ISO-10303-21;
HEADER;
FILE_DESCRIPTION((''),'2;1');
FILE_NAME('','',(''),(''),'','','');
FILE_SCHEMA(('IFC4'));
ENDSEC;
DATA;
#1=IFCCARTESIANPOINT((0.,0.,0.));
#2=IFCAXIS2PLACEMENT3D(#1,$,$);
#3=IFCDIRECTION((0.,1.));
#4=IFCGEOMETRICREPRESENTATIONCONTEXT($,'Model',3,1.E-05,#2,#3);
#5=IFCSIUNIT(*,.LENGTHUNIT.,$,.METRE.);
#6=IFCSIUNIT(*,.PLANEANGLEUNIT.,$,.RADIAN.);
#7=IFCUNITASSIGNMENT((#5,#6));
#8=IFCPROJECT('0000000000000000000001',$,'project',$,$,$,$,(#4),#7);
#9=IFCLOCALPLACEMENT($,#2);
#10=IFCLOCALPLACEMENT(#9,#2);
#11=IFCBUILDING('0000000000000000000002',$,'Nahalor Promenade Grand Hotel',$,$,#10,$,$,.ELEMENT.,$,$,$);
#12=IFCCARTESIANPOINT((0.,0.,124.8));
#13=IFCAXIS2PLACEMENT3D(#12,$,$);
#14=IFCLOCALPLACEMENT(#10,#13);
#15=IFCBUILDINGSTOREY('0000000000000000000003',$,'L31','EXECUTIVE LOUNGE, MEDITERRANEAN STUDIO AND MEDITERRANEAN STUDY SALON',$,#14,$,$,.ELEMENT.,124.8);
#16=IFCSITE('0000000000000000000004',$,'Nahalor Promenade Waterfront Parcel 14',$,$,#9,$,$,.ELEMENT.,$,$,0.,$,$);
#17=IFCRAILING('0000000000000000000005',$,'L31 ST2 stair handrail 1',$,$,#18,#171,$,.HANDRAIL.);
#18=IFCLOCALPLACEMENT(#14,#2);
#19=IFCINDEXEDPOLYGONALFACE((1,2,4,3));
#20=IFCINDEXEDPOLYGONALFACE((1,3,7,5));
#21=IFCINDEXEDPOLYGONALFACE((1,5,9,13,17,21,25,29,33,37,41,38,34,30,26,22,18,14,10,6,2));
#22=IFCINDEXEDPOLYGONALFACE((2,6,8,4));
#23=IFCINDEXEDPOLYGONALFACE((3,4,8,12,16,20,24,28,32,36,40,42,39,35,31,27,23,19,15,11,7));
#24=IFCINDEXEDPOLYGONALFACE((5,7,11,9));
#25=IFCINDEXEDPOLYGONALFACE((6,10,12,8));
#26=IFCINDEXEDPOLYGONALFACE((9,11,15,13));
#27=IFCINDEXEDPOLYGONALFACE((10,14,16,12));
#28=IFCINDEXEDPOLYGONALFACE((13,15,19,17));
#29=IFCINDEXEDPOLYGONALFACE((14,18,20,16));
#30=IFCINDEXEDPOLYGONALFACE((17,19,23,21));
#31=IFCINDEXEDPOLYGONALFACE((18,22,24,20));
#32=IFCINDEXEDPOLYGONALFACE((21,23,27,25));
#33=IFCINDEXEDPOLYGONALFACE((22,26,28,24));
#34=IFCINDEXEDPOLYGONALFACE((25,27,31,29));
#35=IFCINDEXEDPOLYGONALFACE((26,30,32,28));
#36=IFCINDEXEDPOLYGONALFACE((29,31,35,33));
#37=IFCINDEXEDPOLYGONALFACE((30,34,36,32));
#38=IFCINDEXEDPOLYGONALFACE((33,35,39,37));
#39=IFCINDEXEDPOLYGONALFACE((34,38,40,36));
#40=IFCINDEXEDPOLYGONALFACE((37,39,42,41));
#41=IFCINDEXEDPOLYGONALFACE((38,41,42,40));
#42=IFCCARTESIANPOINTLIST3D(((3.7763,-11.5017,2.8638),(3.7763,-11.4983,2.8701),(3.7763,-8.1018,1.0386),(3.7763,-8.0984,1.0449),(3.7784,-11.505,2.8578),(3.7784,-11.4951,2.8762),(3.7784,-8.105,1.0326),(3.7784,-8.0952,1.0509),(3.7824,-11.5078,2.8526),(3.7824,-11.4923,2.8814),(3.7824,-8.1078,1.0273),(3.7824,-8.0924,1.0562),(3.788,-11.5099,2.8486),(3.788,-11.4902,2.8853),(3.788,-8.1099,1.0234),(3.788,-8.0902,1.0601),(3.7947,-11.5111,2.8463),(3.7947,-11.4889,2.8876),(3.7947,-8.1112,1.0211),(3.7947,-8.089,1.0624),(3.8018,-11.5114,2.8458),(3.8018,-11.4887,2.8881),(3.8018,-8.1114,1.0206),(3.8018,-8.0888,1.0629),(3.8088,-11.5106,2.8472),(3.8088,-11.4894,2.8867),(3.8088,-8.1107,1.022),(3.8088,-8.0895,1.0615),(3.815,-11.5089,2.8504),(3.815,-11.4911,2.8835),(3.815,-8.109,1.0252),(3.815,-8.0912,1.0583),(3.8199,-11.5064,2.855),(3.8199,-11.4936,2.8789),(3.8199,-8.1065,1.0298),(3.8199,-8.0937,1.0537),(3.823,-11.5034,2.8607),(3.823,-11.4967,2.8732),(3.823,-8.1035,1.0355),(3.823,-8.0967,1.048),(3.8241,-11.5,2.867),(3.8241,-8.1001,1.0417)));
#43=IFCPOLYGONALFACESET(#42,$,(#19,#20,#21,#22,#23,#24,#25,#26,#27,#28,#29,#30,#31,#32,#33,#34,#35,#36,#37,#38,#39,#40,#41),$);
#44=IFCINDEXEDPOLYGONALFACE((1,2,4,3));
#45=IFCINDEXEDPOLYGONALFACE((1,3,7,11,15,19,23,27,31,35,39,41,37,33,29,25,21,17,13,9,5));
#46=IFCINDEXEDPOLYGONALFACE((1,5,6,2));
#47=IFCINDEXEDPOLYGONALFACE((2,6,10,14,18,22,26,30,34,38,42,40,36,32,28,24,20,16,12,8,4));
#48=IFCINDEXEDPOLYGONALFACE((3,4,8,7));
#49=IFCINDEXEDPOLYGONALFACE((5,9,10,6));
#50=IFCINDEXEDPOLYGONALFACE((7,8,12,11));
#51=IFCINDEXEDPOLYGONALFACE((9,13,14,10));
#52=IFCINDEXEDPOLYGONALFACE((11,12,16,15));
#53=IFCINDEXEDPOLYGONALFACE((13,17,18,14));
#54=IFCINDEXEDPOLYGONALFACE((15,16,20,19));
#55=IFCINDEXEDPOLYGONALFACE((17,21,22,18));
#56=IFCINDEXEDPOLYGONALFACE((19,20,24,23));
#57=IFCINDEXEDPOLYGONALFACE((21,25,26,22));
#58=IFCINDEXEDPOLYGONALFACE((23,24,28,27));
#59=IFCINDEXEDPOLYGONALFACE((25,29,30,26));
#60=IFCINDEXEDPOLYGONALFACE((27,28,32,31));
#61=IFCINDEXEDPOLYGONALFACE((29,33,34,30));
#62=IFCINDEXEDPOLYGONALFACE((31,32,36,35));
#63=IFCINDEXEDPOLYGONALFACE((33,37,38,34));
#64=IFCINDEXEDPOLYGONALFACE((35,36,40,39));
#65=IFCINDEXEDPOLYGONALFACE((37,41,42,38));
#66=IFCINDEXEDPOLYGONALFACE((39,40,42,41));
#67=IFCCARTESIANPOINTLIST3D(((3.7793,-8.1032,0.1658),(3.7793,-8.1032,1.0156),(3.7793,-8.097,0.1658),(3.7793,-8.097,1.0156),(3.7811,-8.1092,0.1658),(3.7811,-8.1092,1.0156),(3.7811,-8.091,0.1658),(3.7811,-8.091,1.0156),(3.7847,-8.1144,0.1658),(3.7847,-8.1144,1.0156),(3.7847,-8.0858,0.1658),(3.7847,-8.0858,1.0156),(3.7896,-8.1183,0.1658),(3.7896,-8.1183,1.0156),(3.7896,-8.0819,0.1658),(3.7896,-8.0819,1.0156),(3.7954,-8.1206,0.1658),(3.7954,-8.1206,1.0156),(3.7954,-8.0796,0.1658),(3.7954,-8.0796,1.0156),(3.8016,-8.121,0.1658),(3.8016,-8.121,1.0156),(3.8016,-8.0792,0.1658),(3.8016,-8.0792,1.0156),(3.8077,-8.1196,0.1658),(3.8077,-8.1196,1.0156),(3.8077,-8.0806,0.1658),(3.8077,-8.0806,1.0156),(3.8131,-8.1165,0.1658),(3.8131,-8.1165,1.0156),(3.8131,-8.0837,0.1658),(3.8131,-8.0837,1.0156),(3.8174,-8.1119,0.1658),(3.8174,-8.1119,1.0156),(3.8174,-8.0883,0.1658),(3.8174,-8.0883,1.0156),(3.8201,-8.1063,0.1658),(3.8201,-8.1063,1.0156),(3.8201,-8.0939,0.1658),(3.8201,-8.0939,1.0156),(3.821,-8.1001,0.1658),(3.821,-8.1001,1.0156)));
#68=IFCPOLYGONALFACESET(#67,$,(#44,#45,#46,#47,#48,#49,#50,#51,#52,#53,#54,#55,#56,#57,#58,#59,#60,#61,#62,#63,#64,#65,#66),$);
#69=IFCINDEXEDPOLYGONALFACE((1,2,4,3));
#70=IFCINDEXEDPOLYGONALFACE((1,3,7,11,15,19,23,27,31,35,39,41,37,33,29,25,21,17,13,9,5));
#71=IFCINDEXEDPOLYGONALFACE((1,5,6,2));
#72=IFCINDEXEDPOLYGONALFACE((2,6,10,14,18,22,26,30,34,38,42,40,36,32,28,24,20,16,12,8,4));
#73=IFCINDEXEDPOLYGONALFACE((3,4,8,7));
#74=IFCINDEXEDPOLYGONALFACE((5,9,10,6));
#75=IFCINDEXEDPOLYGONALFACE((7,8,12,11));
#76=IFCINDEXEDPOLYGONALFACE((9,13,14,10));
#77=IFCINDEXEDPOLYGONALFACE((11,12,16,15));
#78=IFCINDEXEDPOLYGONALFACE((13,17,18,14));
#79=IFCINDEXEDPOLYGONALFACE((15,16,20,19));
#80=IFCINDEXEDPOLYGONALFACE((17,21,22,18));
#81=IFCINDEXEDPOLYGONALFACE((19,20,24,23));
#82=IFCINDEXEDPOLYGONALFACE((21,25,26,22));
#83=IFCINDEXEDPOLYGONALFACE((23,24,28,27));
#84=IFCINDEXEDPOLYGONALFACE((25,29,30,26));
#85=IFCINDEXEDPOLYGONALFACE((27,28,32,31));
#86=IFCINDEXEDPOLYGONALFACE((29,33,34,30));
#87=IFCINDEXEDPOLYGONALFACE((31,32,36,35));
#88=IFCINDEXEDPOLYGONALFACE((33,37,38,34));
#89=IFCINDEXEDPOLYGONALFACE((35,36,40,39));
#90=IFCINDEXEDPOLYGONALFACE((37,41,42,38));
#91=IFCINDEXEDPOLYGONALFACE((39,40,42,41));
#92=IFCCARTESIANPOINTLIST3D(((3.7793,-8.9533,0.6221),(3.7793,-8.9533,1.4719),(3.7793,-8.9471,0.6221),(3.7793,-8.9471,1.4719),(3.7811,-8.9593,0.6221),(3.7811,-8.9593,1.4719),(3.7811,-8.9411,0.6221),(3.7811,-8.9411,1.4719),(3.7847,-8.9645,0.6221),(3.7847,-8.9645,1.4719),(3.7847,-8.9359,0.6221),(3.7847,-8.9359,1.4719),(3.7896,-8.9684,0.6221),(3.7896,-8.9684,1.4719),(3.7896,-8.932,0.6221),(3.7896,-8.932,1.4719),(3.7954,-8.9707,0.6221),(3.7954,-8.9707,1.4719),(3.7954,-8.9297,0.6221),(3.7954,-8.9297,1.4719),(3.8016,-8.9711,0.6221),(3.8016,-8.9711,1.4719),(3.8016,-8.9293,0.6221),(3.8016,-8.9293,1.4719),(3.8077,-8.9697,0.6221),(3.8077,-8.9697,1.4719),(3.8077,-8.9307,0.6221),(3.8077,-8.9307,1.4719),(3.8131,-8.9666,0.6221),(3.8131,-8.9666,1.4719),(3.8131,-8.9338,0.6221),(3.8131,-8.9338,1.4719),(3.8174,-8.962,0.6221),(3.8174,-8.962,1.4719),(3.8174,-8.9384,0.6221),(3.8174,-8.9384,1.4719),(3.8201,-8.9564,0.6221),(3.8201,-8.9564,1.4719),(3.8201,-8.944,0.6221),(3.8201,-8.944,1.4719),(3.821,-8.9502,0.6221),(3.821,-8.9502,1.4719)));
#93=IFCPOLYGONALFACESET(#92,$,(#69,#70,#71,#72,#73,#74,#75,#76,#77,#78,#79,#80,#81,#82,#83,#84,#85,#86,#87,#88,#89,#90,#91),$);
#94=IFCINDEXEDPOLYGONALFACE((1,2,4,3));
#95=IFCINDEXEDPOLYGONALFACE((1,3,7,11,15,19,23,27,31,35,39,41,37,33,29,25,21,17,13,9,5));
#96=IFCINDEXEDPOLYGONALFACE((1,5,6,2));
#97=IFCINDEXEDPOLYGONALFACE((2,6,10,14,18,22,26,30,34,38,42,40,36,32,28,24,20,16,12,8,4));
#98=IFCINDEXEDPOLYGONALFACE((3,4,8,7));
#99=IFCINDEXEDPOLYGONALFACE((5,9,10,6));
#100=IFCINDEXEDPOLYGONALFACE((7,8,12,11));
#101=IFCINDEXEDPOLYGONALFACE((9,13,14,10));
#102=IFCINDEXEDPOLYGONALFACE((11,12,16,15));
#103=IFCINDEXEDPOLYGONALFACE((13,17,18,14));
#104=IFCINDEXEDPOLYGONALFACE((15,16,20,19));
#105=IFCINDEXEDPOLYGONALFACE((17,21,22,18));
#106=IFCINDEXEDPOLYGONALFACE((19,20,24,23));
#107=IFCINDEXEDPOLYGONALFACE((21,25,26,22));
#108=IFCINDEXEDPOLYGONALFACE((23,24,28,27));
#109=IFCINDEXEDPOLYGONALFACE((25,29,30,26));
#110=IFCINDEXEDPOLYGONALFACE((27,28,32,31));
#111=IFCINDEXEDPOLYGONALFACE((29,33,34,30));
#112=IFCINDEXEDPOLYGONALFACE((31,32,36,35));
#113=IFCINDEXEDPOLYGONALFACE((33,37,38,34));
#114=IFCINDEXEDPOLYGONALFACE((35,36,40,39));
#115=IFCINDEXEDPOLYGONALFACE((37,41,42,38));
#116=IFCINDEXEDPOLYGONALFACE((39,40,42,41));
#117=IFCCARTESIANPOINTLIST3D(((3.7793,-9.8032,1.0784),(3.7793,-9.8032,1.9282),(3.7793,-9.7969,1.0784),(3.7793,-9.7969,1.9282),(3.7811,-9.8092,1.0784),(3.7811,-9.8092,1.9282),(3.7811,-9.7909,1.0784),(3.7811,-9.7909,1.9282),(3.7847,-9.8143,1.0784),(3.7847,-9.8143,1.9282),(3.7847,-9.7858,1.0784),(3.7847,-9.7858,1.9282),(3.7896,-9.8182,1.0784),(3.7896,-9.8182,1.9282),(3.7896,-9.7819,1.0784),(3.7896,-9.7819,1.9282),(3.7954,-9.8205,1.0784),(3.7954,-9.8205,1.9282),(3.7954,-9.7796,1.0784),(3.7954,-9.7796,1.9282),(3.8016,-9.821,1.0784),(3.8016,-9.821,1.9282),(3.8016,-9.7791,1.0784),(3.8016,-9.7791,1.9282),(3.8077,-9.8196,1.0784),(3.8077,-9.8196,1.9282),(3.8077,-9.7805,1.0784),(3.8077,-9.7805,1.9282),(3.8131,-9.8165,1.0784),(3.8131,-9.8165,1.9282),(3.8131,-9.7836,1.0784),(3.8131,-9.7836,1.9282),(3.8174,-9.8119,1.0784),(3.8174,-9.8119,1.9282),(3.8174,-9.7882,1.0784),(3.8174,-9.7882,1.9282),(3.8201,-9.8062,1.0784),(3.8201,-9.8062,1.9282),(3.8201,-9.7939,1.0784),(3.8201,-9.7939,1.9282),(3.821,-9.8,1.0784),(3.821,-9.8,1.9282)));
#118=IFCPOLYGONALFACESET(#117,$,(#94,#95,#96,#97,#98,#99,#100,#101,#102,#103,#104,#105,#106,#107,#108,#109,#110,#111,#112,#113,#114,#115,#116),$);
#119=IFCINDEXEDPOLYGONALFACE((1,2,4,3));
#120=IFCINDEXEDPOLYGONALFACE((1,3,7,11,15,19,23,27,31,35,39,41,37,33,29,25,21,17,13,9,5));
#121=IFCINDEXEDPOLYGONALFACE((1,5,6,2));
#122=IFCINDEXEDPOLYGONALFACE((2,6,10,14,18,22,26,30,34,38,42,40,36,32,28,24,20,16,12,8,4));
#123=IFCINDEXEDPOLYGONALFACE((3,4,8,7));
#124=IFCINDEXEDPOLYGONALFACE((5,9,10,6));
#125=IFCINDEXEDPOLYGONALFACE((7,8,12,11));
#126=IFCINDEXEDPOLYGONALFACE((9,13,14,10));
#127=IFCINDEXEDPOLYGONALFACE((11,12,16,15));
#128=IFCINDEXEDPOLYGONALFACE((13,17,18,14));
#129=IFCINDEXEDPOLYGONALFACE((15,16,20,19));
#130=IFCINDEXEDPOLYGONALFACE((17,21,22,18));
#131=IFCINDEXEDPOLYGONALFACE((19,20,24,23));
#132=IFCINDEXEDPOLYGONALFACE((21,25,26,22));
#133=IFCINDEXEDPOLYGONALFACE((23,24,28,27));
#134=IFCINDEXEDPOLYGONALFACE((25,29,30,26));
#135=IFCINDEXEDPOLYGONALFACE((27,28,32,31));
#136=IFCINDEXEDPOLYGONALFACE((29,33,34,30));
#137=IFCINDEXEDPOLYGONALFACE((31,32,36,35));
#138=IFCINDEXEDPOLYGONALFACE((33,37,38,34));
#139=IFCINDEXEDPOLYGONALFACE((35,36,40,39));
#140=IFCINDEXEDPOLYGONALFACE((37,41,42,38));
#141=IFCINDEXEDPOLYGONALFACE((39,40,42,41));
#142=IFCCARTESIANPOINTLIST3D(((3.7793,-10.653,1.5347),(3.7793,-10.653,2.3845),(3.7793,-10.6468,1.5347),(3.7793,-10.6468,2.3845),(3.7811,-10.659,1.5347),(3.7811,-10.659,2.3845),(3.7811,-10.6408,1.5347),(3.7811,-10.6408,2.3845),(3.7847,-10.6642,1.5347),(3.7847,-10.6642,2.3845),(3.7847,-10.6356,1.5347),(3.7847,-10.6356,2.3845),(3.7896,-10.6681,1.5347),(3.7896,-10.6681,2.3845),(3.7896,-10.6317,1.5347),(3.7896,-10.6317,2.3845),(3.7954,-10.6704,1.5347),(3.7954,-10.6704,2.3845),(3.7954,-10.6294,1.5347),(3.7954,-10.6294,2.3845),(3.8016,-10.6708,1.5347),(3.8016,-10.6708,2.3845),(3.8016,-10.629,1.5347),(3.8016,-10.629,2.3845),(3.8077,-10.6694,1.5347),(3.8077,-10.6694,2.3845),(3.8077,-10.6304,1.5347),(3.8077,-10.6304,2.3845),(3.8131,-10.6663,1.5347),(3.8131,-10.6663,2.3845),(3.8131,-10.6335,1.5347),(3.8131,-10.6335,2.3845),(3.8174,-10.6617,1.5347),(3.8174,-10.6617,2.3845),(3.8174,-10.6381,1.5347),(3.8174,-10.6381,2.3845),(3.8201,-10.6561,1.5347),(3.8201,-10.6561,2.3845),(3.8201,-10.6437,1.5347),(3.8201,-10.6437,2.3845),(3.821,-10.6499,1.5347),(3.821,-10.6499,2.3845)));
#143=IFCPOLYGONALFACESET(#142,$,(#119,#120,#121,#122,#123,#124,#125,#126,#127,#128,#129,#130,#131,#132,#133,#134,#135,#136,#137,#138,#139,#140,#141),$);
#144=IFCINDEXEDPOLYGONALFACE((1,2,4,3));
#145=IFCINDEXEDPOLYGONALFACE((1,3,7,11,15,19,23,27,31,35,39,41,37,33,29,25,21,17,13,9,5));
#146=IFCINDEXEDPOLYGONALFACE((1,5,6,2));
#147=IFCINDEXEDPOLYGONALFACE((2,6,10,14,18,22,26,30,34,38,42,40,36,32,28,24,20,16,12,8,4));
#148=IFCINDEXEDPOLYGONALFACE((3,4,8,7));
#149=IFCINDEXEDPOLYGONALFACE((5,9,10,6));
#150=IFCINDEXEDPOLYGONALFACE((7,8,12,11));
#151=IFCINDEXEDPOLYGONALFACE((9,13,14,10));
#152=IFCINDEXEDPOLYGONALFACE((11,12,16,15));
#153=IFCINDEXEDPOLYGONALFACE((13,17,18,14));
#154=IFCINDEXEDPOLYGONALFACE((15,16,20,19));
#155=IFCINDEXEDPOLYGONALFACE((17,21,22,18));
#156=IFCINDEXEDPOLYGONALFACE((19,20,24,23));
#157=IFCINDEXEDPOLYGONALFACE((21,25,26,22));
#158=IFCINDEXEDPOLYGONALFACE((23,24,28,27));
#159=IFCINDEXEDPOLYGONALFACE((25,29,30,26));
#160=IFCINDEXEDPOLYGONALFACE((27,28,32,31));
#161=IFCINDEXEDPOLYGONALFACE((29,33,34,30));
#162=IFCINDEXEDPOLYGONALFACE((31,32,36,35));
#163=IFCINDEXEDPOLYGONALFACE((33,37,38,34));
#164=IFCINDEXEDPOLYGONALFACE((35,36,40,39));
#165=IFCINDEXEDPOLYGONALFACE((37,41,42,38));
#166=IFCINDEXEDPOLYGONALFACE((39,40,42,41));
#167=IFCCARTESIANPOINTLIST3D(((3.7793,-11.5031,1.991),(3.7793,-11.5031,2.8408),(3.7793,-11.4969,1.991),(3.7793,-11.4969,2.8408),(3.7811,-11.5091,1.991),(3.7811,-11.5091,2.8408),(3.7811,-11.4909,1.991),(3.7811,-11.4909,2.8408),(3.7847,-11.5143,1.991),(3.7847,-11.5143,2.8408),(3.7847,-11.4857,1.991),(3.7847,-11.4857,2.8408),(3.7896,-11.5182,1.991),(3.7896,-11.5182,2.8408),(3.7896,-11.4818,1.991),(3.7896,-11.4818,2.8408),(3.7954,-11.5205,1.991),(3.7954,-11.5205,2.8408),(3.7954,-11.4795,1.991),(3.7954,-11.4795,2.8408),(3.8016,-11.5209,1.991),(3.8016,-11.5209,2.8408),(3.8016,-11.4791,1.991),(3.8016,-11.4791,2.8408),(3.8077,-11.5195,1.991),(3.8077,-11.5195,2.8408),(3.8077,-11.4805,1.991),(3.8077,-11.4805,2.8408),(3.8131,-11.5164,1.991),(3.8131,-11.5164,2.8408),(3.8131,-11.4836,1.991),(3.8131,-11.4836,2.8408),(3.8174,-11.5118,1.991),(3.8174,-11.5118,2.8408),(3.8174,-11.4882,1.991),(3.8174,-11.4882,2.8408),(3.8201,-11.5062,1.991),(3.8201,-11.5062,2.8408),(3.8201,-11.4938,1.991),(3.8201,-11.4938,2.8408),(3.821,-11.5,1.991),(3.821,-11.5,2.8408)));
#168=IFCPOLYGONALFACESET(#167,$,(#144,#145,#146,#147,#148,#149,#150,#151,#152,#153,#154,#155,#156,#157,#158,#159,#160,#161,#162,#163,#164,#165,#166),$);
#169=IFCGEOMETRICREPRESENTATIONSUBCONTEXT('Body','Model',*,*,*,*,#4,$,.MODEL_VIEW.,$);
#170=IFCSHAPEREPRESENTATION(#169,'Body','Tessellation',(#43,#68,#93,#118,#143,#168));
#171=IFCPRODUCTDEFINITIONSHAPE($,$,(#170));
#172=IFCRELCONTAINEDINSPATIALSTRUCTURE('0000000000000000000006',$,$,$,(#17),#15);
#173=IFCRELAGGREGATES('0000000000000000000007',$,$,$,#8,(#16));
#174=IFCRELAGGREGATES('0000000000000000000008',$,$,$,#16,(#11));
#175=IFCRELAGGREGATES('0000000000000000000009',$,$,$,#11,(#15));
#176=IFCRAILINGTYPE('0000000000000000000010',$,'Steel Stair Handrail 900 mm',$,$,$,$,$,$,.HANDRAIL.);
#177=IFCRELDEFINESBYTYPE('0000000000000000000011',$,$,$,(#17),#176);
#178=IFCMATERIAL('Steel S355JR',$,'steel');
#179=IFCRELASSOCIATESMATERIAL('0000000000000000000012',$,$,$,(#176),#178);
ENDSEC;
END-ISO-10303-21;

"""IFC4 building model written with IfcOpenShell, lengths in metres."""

from ifc_helpers import new_model, si_unit, direction, frame, origin, origin_2d, place, context, subcontext, project, spatial, circle, extrude, material, type_object, element, save


model = new_model("IFC4")

# Units and contexts
model_context = context("Model", 3, precision=1e-05, world=origin(), true_north=direction((0.0, 1.0)))
body_context = subcontext(model_context, "Body", "Model", "MODEL_VIEW")
ifc_project = project(units=[si_unit("LENGTHUNIT", "METRE"), si_unit("PLANEANGLEUNIT", "RADIAN")], contexts=[model_context])

# Site, building, storey
site_placement = place(None, origin())
site = spatial("IfcSite", under=ifc_project, at=site_placement, Name="Nahalor Promenade Waterfront Parcel 14", CompositionType="ELEMENT", RefElevation=0.0)
building_placement = place(site_placement, origin())
building = spatial("IfcBuilding", under=site, at=building_placement, Name="Nahalor Promenade Grand Hotel", CompositionType="ELEMENT")
storey_placement = place(building_placement, frame((0.0, 0.0, 124.8)))
storey = spatial("IfcBuildingStorey", under=building, at=storey_placement, Name="L31", Description="EXECUTIVE LOUNGE, MEDITERRANEAN STUDIO AND MEDITERRANEAN STUDY SALON", CompositionType="ELEMENT", Elevation=124.8)

# Shared definitions
ifc_material_1 = material(Name="Steel S355JR", Category="steel")

# Railing
railing_type_1 = type_object("IfcRailingType", Name="Steel Stair Handrail 900 mm", PredefinedType="HANDRAIL", material=ifc_material_1)
railing_1_placement = place(storey_placement, frame((3.8, -8.1001, 0.1658)))
element("IfcRailing", 1, at=railing_1_placement, inside=storey, type_object=railing_type_1, Name="L31 ST2 stair handrail 1", PredefinedType="HANDRAIL", context=body_context, shape_type="SweptSolid", body=[
    extrude(circle(Radius=0.024, at=origin_2d()), frame((0.0, 0.0, 0.876), z_axis=(0.0, -0.881068, 0.47299), x_axis=(1.0, 0.0, 0.0)), (0.0, 0.0, 1.0), 3.8589),
    extrude(circle(Radius=0.021, at=origin_2d()), origin(), (0.0, 0.0, 1.0), 0.8499),
    extrude(circle(Radius=0.021, at=origin_2d()), frame((0.0, -0.8501, 0.4563)), (0.0, 0.0, 1.0), 0.8499),
    extrude(circle(Radius=0.021, at=origin_2d()), frame((0.0, -1.7, 0.9126)), (0.0, 0.0, 1.0), 0.8499),
    extrude(circle(Radius=0.021, at=origin_2d()), frame((0.0, -2.5498, 1.3689)), (0.0, 0.0, 1.0), 0.8499),
    extrude(circle(Radius=0.021, at=origin_2d()), frame((0.0, -3.3999, 1.8252)), (0.0, 0.0, 1.0), 0.8499),
])

save(model, "model.ifc")
